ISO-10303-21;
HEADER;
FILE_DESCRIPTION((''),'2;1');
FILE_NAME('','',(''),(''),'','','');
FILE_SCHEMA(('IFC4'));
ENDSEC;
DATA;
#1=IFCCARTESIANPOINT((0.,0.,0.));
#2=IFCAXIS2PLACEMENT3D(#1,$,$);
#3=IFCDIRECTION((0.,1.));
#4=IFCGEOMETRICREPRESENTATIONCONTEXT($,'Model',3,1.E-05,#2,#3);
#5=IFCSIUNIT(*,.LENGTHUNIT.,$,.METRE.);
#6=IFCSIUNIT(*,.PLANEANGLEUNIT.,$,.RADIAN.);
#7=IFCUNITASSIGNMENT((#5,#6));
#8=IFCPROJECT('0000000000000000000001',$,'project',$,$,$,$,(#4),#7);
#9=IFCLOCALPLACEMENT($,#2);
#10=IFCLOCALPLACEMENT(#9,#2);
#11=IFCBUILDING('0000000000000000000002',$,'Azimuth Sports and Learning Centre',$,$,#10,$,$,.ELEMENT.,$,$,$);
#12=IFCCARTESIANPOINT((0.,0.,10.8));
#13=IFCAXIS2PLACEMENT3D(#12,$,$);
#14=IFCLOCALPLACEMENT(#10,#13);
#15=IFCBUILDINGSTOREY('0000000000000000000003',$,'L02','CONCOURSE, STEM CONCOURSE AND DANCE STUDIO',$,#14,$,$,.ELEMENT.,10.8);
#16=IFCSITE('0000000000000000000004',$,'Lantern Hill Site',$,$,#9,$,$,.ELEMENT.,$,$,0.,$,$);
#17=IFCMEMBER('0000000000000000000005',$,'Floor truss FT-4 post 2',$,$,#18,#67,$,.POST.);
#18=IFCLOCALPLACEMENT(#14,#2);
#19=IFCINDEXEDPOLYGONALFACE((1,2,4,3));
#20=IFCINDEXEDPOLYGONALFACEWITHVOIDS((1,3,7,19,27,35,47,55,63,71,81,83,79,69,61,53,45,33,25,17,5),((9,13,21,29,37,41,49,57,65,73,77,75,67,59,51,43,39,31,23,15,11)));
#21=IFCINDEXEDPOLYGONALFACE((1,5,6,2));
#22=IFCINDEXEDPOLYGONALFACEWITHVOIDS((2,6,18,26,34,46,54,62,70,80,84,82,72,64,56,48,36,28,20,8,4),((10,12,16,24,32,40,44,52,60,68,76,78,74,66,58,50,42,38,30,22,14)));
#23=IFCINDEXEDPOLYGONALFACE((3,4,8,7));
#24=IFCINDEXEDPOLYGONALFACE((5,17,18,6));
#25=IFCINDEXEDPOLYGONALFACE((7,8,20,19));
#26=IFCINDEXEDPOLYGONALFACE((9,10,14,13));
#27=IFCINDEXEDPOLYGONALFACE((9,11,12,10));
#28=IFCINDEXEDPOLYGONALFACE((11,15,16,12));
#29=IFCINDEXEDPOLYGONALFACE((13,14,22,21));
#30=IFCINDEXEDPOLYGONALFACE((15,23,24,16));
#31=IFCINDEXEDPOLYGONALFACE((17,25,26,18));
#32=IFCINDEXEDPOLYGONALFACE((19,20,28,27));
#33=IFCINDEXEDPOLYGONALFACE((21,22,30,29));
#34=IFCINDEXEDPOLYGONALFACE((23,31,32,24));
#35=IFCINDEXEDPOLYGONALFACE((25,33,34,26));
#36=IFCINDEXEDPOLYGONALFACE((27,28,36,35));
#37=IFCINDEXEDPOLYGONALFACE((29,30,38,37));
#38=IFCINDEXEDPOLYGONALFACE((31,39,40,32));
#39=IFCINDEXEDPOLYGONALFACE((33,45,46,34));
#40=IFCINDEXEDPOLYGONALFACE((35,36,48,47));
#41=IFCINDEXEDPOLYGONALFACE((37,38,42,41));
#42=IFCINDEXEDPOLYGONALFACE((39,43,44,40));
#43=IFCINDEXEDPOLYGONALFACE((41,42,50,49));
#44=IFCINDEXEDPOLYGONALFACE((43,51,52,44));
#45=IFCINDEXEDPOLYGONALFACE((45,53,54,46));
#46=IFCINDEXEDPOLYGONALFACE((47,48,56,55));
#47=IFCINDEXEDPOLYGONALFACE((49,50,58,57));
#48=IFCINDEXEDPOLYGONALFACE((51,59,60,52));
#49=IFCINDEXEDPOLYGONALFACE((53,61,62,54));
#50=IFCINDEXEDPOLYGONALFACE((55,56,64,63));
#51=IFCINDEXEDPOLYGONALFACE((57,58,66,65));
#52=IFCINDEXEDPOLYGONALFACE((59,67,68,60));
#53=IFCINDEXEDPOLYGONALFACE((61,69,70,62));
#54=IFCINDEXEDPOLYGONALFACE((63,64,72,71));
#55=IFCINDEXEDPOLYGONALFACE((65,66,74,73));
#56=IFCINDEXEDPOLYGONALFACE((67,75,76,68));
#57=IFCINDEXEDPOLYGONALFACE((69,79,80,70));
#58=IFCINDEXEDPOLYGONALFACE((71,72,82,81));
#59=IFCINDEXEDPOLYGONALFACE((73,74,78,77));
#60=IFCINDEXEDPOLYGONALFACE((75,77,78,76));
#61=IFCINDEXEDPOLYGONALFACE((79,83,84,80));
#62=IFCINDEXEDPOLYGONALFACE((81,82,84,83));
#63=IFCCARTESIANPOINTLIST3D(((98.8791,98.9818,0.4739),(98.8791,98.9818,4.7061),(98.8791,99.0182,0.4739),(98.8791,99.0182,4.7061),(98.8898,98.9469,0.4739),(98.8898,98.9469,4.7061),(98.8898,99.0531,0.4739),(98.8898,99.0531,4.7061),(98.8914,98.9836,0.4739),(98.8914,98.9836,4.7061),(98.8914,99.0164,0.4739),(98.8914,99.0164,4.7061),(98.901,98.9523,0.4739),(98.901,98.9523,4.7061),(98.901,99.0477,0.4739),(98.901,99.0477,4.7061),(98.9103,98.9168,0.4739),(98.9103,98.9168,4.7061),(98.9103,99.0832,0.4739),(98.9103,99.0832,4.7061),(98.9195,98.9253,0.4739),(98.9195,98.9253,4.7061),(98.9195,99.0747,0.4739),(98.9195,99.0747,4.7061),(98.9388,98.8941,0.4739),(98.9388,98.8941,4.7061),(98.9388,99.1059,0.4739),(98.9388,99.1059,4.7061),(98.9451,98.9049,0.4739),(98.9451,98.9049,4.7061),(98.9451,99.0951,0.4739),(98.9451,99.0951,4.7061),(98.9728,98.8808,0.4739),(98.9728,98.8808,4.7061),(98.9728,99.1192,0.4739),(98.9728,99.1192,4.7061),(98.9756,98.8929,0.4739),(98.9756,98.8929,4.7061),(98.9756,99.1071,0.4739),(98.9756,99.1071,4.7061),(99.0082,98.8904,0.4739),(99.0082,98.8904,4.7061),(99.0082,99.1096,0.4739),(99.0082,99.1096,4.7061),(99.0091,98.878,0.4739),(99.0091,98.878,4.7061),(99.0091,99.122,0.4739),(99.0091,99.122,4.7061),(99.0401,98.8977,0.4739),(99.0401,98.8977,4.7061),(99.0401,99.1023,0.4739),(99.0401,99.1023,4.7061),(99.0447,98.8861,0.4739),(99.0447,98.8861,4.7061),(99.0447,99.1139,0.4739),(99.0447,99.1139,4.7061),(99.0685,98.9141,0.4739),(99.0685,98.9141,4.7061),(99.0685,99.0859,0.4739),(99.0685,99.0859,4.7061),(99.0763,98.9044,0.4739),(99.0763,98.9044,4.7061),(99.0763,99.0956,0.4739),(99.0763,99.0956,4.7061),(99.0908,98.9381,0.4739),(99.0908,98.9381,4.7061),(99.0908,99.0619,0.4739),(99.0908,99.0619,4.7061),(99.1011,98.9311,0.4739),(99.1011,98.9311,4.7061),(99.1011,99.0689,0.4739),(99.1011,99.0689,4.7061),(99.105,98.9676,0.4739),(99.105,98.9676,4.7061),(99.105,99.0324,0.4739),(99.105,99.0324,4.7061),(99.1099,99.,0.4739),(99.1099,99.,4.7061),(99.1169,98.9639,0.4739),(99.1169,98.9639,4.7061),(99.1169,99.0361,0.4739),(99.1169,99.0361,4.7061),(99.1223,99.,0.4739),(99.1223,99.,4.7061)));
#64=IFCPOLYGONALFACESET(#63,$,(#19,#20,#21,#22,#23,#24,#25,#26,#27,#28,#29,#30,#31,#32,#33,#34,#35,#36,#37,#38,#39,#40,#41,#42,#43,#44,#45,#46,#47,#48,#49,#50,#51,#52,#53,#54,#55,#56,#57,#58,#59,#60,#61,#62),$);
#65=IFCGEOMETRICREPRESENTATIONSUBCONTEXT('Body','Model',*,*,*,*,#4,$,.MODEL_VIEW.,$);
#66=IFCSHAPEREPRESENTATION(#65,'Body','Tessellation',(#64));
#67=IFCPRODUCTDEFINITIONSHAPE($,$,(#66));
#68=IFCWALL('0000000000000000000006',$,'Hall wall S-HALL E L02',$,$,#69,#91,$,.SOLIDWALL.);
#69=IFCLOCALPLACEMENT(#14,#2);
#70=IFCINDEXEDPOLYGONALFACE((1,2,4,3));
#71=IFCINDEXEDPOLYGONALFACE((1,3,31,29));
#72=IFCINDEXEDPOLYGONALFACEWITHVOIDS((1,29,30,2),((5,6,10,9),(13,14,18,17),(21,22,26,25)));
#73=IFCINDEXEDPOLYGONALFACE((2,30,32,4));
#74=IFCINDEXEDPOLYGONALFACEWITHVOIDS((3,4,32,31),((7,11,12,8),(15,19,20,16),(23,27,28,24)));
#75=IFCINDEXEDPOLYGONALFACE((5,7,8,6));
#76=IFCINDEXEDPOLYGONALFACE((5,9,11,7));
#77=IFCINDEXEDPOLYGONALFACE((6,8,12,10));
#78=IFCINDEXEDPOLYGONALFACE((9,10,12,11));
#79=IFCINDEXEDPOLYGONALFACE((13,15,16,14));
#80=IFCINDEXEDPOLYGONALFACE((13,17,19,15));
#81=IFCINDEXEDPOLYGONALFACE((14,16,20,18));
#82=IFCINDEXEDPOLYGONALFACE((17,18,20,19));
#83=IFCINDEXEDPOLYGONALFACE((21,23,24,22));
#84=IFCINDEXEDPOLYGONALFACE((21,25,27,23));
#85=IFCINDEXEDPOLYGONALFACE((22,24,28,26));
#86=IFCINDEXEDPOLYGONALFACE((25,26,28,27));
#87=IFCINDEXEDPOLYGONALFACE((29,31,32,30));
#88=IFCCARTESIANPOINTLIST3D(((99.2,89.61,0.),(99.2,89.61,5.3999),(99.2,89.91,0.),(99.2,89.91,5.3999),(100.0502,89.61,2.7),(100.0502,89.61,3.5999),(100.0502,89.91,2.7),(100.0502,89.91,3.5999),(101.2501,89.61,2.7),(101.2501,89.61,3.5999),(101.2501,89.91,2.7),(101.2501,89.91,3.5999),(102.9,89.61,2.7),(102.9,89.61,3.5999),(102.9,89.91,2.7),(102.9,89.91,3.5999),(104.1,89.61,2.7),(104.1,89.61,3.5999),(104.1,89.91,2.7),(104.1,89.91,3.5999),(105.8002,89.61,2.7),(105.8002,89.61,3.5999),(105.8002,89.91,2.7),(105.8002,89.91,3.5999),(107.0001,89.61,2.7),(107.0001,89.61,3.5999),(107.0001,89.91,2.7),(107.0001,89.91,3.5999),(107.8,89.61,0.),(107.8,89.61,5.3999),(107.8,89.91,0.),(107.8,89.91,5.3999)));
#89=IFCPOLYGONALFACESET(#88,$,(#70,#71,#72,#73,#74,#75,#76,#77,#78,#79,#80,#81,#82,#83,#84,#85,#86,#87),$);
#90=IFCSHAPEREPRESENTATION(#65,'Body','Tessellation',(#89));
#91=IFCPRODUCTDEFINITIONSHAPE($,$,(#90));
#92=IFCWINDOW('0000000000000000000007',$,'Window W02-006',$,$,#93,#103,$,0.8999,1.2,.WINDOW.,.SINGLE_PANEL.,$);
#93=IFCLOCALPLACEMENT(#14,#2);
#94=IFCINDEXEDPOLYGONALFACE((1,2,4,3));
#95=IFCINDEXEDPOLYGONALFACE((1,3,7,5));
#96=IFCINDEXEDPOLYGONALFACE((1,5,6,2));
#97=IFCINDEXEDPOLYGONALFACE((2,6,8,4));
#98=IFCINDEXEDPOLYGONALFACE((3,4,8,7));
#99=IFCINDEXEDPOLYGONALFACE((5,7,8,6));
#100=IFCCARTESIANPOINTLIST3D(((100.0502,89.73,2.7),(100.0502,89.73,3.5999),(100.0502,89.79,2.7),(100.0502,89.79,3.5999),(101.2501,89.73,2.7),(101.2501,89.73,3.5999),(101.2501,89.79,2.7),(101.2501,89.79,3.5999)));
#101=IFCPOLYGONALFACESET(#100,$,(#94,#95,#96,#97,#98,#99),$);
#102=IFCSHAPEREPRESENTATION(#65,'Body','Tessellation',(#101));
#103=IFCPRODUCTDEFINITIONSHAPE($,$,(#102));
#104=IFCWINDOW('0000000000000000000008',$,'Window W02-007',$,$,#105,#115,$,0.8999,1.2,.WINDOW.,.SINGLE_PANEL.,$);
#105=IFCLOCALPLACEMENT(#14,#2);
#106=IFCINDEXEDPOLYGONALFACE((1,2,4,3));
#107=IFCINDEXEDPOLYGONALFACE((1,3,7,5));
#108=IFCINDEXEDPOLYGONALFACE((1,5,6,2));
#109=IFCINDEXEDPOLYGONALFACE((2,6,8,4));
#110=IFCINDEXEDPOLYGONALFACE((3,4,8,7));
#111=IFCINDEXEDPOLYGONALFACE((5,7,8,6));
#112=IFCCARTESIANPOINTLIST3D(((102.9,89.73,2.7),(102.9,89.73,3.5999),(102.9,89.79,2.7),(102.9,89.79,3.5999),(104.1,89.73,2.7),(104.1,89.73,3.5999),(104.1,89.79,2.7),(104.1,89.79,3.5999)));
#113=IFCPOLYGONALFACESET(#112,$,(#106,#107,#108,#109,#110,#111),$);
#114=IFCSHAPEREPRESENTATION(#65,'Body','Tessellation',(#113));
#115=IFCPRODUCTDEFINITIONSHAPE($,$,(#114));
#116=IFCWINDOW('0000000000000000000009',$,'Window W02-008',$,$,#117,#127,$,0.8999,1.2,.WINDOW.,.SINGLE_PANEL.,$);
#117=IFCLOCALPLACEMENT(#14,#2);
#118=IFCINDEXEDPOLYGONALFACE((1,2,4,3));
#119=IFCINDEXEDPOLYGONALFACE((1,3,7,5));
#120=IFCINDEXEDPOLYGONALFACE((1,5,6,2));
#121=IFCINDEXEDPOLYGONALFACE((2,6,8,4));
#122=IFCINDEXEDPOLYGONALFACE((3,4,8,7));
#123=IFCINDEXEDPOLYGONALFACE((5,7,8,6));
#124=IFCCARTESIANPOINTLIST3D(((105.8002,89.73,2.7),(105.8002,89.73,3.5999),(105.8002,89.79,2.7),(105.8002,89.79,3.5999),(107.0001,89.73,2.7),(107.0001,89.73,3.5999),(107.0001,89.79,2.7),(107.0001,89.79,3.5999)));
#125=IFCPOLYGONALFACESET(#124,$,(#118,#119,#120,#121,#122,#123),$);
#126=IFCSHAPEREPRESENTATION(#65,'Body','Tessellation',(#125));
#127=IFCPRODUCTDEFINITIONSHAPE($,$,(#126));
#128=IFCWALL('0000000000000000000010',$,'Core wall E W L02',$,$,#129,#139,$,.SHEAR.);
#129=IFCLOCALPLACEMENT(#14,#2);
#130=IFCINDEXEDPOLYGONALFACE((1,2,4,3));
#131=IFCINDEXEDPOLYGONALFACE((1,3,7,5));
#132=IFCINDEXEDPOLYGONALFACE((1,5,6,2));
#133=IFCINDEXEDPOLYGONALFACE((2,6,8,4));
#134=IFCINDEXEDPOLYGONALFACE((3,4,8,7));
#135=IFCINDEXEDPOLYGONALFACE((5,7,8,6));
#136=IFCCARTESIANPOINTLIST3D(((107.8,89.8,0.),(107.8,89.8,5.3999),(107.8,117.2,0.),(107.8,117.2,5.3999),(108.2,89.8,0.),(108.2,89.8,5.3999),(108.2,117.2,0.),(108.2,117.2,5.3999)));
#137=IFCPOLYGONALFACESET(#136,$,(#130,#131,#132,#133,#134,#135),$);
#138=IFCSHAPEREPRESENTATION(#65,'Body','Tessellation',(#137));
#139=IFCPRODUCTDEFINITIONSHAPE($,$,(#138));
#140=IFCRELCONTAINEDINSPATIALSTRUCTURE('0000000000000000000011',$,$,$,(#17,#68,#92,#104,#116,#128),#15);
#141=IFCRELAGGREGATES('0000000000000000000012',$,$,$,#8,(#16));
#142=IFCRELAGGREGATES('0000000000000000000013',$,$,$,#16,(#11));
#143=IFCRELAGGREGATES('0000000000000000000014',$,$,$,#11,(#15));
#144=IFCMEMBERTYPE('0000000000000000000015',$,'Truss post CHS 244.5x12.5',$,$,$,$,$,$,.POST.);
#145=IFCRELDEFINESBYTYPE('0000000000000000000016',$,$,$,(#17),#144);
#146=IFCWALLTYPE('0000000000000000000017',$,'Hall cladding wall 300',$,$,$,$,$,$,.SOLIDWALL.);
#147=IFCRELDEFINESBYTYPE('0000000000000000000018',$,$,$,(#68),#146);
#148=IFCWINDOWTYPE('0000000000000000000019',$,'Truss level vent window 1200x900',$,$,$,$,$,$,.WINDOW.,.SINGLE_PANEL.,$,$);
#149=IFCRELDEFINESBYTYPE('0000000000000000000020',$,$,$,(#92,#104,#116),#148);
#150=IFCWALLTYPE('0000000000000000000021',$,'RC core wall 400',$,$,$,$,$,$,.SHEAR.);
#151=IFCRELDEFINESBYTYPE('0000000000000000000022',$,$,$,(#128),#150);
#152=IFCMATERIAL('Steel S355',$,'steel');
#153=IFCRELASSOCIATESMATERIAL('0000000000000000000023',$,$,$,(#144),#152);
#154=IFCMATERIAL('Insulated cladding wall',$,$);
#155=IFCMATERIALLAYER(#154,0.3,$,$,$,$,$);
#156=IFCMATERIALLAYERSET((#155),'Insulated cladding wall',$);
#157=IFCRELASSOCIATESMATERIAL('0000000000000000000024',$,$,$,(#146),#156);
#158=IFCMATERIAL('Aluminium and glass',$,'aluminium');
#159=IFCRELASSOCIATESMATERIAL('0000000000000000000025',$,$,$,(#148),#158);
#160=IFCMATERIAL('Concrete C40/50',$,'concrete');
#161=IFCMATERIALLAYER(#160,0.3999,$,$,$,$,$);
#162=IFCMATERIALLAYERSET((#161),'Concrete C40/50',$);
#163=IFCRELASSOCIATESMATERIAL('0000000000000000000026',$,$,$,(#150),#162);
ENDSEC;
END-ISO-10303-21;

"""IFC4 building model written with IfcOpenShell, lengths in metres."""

from ifc_helpers import new_model, si_unit, direction, frame, frame_2d, origin, origin_2d, place, context, subcontext, project, spatial, rectangle, hollow_circle, extrude, material, layer, layer_set, material_profile, profile_set, type_object, element, fill, save


model = new_model("IFC4")

# Units and contexts
model_context = context("Model", 3, precision=1e-05, world=origin(), true_north=direction((0.0, 1.0)))
body_context = subcontext(model_context, "Body", "Model", "MODEL_VIEW")
ifc_project = project(units=[si_unit("LENGTHUNIT", "METRE"), si_unit("PLANEANGLEUNIT", "RADIAN")], contexts=[model_context])

# Site, building, storey
site_placement = place(None, origin())
site = spatial("IfcSite", under=ifc_project, at=site_placement, Name="Lantern Hill Site", CompositionType="ELEMENT", RefElevation=0.0)
building_placement = place(site_placement, origin())
building = spatial("IfcBuilding", under=site, at=building_placement, Name="Azimuth Sports and Learning Centre", CompositionType="ELEMENT")
storey_placement = place(building_placement, frame((0.0, 0.0, 10.8)))
storey = spatial("IfcBuildingStorey", under=building, at=storey_placement, Name="L02", Description="CONCOURSE, STEM CONCOURSE AND DANCE STUDIO", CompositionType="ELEMENT", Elevation=10.8)

# Member
ifc_material_1 = material(Name="Steel S355", Category="steel")
ifc_material_profile_1 = material_profile(ifc_material_1, hollow_circle(Radius=0.1223, WallThickness=0.0125, at=origin_2d()), Name="CHS 244.5x12.5")
ifc_profile_set_1 = profile_set([ifc_material_profile_1], Name="Steel S355")
member_type_1 = type_object("IfcMemberType", Name="Truss post CHS 244.5x12.5", PredefinedType="POST", material=ifc_profile_set_1)
member_1_placement = place(storey_placement, frame((99.0, 99.0, 0.4739), z_axis=(0.0, 0.0, 1.0), x_axis=(1.0, 0.0, 0.0)))
element("IfcMember", 1, at=member_1_placement, inside=storey, type_object=member_type_1, Name="Floor truss FT-4 post 2", PredefinedType="POST", context=body_context, shape_type="SweptSolid", body=[
    extrude(hollow_circle(Radius=0.1223, WallThickness=0.0125, at=origin_2d()), origin(), (0.0, 0.0, 1.0), 4.2322),
])

# Wall, openings, windows
ifc_material_2 = material(Name="Insulated cladding wall")
ifc_layer_1 = layer(ifc_material_2, 0.3)
ifc_layer_set_1 = layer_set([ifc_layer_1], Name="Insulated cladding wall")
wall_type_1 = type_object("IfcWallType", Name="Hall cladding wall 300", PredefinedType="SOLIDWALL", material=ifc_layer_set_1)
wall_1_placement = place(storey_placement, frame((99.2, 89.76, 0.0), z_axis=(0.0, 0.0, 1.0), x_axis=(1.0, 0.0, 0.0)))
wall_1 = element("IfcWall", 2, at=wall_1_placement, inside=storey, type_object=wall_type_1, Name="Hall wall S-HALL E L02", PredefinedType="SOLIDWALL", context=body_context, shape_type="SweptSolid", body=[
    extrude(rectangle(XDim=8.6001, YDim=0.3, at=frame_2d((4.3, 0.0))), origin(), (0.0, 0.0, 1.0), 5.3999),
])
opening_1_placement = place(wall_1_placement, frame((0.8501, 0.0, 2.7)))
opening_1 = element("IfcOpeningElement", 3, at=opening_1_placement, cuts=wall_1, PredefinedType="OPENING", context=body_context, shape_type="SweptSolid", body=[
    extrude(rectangle(XDim=1.2, YDim=0.8999, at=frame_2d((0.6001, 0.45))), frame((0.0, 0.1611, 0.0), z_axis=(0.0, -1.0, 0.0), x_axis=(1.0, 0.0, 0.0)), (0.0, 0.0, 1.0), 0.322),
])
opening_2_placement = place(wall_1_placement, frame((3.7, 0.0, 2.7)))
opening_2 = element("IfcOpeningElement", 4, at=opening_2_placement, cuts=wall_1, PredefinedType="OPENING", context=body_context, shape_type="SweptSolid", body=[
    extrude(rectangle(XDim=1.2, YDim=0.8999, at=frame_2d((0.6001, 0.45))), frame((0.0, 0.1611, 0.0), z_axis=(0.0, -1.0, 0.0), x_axis=(1.0, 0.0, 0.0)), (0.0, 0.0, 1.0), 0.322),
])
opening_3_placement = place(wall_1_placement, frame((6.6001, 0.0, 2.7)))
opening_3 = element("IfcOpeningElement", 5, at=opening_3_placement, cuts=wall_1, PredefinedType="OPENING", context=body_context, shape_type="SweptSolid", body=[
    extrude(rectangle(XDim=1.2, YDim=0.8999, at=frame_2d((0.6001, 0.45))), frame((0.0, 0.1611, 0.0), z_axis=(0.0, -1.0, 0.0), x_axis=(1.0, 0.0, 0.0)), (0.0, 0.0, 1.0), 0.322),
])
ifc_material_3 = material(Name="Aluminium and glass", Category="aluminium")
window_type = type_object("IfcWindowType", Name="Truss level vent window 1200x900", PartitioningType="SINGLE_PANEL", PredefinedType="WINDOW", material=ifc_material_3)
window_1_placement = place(opening_1_placement, origin())
window_1 = element("IfcWindow", 6, at=window_1_placement, inside=storey, type_object=window_type, Name="Window W02-006", OverallHeight=0.8999, OverallWidth=1.2, PartitioningType="SINGLE_PANEL", PredefinedType="WINDOW", context=body_context, shape_type="SweptSolid", body=[
    extrude(rectangle(XDim=1.2, YDim=0.8999, at=frame_2d((0.6001, 0.45))), frame((0.0, 0.03, 0.0), z_axis=(0.0, -1.0, 0.0), x_axis=(1.0, 0.0, 0.0)), (0.0, 0.0, 1.0), 0.0601),
])
fill(opening_1, window_1)
window_2_placement = place(opening_2_placement, origin())
window_2 = element("IfcWindow", 7, at=window_2_placement, inside=storey, type_object=window_type, Name="Window W02-007", OverallHeight=0.8999, OverallWidth=1.2, PartitioningType="SINGLE_PANEL", PredefinedType="WINDOW", context=body_context, shape_type="SweptSolid", body=[
    extrude(rectangle(XDim=1.2, YDim=0.8999, at=frame_2d((0.6001, 0.45))), frame((0.0, 0.03, 0.0), z_axis=(0.0, -1.0, 0.0), x_axis=(1.0, 0.0, 0.0)), (0.0, 0.0, 1.0), 0.0601),
])
fill(opening_2, window_2)
window_3_placement = place(opening_3_placement, origin())
window_3 = element("IfcWindow", 8, at=window_3_placement, inside=storey, type_object=window_type, Name="Window W02-008", OverallHeight=0.8999, OverallWidth=1.2, PartitioningType="SINGLE_PANEL", PredefinedType="WINDOW", context=body_context, shape_type="SweptSolid", body=[
    extrude(rectangle(XDim=1.2, YDim=0.8999, at=frame_2d((0.6001, 0.45))), frame((0.0, 0.03, 0.0), z_axis=(0.0, -1.0, 0.0), x_axis=(1.0, 0.0, 0.0)), (0.0, 0.0, 1.0), 0.0601),
])
fill(opening_3, window_3)

# Wall
ifc_material_4 = material(Name="Concrete C40/50", Category="concrete")
ifc_layer_2 = layer(ifc_material_4, 0.3999)
ifc_layer_set_2 = layer_set([ifc_layer_2], Name="Concrete C40/50")
wall_type_2 = type_object("IfcWallType", Name="RC core wall 400", PredefinedType="SHEAR", material=ifc_layer_set_2)
wall_2_placement = place(storey_placement, frame((108.0, 89.8, 0.0), z_axis=(0.0, 0.0, 1.0), x_axis=(0.0, 1.0, 0.0)))
element("IfcWall", 9, at=wall_2_placement, inside=storey, type_object=wall_type_2, Name="Core wall E W L02", PredefinedType="SHEAR", context=body_context, shape_type="SweptSolid", body=[
    extrude(rectangle(XDim=27.3999, YDim=0.3999, at=frame_2d((13.7, 0.0))), origin(), (0.0, 0.0, 1.0), 5.3999),
])

save(model, "model.ifc")
